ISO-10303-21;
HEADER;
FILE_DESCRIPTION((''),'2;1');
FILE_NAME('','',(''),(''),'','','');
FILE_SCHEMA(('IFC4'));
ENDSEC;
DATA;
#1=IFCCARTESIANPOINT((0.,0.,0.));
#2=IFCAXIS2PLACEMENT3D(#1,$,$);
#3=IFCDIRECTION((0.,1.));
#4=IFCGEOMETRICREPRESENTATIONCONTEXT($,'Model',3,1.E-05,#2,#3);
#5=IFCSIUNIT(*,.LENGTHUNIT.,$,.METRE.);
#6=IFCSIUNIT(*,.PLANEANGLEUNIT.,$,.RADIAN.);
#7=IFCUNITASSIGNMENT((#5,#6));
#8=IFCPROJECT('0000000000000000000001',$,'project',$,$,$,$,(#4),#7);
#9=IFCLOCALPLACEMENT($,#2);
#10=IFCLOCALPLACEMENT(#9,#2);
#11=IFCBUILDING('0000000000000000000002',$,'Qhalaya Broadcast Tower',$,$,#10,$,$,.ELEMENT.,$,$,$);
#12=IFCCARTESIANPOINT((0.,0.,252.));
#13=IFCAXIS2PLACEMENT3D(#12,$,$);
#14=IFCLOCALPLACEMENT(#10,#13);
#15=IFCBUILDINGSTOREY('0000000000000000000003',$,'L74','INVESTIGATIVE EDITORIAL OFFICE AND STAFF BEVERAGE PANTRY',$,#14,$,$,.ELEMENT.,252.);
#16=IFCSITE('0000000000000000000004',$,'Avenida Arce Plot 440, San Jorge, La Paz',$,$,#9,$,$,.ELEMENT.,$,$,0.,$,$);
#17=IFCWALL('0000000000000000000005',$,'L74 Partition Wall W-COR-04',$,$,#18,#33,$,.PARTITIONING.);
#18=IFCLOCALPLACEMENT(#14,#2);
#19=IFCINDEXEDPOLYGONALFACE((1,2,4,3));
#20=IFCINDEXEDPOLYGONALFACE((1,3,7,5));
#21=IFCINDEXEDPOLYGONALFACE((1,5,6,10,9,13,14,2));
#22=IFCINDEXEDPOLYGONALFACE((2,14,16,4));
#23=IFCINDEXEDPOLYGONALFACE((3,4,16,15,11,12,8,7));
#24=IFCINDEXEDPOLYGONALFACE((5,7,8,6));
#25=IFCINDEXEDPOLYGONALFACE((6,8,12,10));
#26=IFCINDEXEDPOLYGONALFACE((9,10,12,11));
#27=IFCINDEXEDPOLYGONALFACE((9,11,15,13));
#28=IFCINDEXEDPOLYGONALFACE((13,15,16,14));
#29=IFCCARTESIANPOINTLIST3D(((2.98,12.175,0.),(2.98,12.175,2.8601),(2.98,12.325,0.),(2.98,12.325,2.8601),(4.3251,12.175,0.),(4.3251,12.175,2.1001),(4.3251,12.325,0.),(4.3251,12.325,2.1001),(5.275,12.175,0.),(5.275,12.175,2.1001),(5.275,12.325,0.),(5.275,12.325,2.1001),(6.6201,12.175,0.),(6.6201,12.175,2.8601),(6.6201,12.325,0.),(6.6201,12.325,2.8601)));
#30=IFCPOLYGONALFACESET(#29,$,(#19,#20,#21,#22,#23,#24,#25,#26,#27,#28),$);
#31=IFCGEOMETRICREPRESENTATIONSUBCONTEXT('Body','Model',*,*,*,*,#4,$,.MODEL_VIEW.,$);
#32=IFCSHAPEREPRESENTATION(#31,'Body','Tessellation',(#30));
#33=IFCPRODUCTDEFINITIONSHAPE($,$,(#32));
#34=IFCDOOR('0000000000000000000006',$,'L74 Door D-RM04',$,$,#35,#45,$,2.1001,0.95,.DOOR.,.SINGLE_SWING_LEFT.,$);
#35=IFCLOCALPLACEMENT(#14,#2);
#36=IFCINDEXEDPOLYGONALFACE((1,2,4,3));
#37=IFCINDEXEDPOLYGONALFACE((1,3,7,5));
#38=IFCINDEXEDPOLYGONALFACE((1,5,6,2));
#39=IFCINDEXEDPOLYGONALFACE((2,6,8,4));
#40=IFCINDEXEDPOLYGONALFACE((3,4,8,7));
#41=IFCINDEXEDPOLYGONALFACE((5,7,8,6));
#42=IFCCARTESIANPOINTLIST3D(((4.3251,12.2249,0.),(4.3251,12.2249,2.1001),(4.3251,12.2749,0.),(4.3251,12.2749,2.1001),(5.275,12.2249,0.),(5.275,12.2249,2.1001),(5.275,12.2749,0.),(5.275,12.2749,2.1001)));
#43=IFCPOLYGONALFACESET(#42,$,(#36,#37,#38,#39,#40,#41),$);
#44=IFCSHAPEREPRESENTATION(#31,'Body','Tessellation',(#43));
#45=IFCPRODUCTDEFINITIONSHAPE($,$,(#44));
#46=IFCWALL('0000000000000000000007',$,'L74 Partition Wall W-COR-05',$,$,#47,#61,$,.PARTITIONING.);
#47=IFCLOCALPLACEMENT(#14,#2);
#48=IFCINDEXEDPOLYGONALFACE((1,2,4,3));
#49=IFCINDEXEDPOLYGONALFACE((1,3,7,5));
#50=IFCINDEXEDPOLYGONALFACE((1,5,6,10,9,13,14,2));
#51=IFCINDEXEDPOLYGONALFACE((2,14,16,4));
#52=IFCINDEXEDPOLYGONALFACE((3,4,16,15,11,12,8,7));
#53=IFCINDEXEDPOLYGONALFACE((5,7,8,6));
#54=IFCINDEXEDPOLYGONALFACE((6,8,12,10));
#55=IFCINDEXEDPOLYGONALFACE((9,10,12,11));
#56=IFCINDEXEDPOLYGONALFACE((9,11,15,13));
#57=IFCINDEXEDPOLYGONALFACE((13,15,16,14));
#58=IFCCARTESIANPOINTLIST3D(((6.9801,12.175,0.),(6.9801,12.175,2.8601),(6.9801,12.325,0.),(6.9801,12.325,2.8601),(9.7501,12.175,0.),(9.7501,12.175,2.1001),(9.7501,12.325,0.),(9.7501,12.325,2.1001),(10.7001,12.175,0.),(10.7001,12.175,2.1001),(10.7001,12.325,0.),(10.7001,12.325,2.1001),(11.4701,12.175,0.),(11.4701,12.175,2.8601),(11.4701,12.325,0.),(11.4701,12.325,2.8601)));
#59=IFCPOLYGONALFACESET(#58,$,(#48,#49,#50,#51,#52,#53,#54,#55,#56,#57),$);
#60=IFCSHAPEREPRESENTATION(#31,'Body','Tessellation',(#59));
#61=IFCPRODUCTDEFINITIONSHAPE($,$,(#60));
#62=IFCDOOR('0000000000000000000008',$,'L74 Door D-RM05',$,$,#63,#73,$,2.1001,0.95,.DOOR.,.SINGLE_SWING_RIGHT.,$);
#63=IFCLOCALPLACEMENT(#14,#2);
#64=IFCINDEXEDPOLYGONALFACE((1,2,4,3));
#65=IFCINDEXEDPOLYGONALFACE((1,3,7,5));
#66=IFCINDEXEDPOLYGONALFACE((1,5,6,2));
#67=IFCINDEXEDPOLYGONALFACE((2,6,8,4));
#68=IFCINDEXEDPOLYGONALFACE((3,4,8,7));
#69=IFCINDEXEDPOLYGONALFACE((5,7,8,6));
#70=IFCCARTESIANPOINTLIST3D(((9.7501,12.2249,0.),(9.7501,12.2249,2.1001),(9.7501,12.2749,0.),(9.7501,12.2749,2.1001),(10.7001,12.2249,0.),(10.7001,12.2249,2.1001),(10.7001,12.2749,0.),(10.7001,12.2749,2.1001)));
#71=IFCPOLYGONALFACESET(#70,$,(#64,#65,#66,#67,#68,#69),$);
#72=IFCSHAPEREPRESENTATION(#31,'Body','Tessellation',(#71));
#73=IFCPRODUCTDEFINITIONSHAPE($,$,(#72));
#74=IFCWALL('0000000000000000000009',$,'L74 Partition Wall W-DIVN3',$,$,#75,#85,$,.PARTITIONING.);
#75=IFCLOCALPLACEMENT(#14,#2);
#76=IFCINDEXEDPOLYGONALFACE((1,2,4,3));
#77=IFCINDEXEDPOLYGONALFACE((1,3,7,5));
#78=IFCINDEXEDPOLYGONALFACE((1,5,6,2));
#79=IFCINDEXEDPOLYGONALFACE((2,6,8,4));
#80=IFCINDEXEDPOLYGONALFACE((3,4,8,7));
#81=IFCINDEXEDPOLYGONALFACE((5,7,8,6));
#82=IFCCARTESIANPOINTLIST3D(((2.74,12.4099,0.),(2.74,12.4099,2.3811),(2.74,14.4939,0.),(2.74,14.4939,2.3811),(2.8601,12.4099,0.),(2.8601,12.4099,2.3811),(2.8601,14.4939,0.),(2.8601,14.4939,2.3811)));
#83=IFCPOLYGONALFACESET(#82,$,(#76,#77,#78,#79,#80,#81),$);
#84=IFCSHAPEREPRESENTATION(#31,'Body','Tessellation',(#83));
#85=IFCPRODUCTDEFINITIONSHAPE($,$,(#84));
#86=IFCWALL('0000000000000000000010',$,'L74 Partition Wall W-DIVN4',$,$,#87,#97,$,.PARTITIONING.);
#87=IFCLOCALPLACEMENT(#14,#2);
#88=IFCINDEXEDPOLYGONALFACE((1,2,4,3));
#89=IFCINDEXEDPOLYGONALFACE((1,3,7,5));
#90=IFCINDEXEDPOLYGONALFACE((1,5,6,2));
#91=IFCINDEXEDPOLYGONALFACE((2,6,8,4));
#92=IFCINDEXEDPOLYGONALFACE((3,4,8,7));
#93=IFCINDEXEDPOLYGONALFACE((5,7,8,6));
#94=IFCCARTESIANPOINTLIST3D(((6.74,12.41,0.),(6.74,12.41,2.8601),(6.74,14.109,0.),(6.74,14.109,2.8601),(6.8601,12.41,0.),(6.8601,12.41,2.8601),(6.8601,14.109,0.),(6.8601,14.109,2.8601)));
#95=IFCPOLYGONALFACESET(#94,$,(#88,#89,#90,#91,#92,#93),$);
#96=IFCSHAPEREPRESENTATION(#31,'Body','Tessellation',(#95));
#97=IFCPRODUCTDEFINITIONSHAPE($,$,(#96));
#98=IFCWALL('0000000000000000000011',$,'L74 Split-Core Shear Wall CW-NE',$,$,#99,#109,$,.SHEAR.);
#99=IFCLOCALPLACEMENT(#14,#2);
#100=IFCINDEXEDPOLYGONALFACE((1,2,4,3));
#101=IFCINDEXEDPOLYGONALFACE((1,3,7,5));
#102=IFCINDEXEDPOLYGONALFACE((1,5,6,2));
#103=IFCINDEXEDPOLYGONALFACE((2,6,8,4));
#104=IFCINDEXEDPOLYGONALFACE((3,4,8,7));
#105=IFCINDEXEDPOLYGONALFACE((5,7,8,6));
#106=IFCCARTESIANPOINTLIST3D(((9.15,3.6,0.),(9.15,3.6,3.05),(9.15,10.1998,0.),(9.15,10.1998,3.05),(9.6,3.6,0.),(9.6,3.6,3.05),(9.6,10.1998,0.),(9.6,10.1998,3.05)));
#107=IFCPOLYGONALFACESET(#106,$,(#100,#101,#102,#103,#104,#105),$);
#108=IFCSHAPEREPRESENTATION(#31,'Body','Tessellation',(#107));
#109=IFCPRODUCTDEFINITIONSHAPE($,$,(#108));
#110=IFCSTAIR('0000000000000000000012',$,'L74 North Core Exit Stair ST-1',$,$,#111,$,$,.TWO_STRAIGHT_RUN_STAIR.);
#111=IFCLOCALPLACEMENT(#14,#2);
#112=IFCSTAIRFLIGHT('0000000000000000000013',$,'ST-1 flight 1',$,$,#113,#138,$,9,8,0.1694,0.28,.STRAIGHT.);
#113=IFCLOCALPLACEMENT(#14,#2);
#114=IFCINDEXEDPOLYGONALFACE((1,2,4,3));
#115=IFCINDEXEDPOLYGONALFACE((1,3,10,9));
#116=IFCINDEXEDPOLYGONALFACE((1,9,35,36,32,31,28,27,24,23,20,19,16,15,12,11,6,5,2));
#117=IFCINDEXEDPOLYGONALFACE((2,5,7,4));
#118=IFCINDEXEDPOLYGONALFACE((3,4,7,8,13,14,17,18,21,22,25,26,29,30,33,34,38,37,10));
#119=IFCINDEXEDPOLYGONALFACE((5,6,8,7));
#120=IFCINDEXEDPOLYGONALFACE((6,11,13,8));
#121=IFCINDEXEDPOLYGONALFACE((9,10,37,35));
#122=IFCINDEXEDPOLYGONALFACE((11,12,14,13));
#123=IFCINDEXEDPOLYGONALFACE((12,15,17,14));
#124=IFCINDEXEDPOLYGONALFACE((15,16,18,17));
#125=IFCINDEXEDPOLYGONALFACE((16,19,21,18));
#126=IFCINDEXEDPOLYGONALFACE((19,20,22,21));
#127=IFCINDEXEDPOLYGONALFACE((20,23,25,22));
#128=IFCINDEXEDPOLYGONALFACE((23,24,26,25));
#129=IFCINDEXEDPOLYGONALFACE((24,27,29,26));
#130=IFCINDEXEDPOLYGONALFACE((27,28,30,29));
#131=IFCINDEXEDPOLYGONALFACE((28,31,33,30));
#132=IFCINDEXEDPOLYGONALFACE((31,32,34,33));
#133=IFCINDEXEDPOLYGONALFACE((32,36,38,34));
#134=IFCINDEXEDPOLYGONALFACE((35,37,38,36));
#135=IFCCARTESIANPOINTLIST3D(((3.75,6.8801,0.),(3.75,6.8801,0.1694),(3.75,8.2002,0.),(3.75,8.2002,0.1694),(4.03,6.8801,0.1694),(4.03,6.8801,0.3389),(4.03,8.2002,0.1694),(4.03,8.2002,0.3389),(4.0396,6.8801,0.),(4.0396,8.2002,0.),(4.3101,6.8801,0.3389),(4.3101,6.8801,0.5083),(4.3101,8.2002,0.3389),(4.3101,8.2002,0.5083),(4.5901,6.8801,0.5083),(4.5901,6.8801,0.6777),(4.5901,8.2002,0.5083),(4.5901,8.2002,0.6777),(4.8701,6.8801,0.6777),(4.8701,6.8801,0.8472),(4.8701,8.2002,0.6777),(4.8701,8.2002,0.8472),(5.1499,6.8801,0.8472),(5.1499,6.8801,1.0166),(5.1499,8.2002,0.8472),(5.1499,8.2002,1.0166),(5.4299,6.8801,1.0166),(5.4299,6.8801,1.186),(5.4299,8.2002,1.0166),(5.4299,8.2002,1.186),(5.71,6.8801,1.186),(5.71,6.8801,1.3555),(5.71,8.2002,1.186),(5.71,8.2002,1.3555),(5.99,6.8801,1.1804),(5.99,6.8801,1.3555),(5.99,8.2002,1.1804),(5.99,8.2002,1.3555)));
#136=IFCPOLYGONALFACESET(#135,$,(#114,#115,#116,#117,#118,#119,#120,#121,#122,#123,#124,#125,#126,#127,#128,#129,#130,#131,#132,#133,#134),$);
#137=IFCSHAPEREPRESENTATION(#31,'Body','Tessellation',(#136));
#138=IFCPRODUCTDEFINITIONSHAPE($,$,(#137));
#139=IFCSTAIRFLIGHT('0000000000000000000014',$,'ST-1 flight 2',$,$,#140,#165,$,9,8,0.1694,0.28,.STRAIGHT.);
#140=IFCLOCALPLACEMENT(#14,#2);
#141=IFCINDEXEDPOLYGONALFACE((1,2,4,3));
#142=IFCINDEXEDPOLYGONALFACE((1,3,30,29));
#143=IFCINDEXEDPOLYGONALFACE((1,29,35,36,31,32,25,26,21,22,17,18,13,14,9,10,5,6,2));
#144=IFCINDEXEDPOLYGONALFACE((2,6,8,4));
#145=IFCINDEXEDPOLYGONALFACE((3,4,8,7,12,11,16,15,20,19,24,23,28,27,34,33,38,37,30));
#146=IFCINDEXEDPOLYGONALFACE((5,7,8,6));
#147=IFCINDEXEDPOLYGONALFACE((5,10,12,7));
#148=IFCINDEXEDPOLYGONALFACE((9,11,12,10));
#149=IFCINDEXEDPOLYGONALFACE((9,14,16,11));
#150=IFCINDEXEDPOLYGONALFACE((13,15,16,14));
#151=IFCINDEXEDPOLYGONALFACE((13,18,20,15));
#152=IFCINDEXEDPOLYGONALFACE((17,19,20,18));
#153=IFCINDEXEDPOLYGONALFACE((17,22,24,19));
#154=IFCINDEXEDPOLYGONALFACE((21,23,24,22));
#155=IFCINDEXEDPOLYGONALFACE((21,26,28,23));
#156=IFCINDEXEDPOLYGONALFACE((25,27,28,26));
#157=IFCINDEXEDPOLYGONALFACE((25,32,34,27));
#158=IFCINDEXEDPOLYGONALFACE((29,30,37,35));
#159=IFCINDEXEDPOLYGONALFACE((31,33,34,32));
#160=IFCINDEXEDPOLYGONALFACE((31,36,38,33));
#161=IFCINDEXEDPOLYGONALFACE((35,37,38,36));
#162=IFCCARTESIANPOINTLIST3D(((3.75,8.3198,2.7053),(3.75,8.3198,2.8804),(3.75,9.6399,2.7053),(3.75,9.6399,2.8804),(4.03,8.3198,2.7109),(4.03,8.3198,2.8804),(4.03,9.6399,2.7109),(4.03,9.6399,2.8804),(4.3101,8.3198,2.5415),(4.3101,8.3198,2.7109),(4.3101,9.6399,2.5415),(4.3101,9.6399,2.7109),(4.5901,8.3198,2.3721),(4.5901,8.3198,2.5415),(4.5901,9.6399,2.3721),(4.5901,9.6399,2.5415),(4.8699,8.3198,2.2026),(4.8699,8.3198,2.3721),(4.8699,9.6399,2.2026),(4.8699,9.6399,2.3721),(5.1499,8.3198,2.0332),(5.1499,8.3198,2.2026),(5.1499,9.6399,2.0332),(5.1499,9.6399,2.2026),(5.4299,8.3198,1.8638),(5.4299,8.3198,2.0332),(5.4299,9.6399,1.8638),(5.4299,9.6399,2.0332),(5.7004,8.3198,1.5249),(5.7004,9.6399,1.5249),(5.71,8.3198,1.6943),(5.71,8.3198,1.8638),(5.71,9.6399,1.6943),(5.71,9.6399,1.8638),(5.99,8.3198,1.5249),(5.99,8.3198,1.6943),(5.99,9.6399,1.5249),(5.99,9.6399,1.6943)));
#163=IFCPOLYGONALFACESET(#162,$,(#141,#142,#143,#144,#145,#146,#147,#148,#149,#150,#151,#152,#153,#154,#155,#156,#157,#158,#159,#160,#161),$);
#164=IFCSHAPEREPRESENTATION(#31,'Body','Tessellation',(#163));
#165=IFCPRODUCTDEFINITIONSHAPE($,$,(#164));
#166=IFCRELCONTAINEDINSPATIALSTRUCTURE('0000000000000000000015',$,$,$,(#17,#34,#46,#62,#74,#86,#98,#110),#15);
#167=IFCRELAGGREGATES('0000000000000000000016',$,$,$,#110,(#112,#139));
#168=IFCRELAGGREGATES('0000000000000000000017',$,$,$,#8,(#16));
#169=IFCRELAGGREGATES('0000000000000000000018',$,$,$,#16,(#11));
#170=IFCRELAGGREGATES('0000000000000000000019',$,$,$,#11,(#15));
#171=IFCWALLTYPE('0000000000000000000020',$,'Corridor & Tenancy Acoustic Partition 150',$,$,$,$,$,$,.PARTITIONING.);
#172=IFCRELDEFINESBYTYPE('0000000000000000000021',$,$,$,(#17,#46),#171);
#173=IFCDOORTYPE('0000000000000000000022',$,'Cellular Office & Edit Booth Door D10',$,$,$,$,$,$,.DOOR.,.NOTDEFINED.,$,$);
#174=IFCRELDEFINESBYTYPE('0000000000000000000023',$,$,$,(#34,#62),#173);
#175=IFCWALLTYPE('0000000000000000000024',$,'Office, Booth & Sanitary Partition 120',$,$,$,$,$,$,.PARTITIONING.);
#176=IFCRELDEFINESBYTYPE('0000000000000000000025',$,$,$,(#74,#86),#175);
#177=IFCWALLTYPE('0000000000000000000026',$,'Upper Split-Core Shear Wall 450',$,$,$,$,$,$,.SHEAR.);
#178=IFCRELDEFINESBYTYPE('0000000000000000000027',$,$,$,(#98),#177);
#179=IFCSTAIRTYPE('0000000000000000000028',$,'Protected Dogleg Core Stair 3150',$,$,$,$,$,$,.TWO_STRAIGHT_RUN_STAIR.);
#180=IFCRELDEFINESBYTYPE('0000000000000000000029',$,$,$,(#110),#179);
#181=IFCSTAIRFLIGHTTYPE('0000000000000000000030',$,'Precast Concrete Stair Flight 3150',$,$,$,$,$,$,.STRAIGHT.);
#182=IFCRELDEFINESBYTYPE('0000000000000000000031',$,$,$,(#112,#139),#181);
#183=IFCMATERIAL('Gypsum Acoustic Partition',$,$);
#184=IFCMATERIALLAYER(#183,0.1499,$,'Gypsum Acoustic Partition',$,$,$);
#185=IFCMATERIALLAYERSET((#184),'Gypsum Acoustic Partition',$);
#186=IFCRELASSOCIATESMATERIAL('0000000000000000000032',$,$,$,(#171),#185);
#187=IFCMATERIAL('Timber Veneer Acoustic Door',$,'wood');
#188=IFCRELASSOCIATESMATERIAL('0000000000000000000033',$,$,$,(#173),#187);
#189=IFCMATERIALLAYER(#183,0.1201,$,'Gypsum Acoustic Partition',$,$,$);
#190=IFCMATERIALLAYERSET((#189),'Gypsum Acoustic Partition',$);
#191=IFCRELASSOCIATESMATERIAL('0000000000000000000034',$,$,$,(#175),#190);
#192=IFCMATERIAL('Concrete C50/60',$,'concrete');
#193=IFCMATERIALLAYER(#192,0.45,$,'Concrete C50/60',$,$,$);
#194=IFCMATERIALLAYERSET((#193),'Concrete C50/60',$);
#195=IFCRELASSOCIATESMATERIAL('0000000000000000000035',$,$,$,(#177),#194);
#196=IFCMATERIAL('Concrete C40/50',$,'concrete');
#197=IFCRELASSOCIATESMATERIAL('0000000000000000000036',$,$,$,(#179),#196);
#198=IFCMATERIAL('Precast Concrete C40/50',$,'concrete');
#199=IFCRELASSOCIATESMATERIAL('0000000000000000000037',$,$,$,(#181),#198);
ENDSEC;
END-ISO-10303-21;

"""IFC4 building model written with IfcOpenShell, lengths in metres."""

from ifc_helpers import new_model, si_unit, direction, frame, frame_2d, origin, place, context, subcontext, project, spatial, polyline, rectangle, outline, extrude, material, layer, layer_set, type_object, element, fill, aggregate, save


model = new_model("IFC4")

# Units and contexts
model_context = context("Model", 3, precision=1e-05, world=origin(), true_north=direction((0.0, 1.0)))
body_context = subcontext(model_context, "Body", "Model", "MODEL_VIEW")
ifc_project = project(units=[si_unit("LENGTHUNIT", "METRE"), si_unit("PLANEANGLEUNIT", "RADIAN")], contexts=[model_context])

# Site, building, storey
site_placement = place(None, origin())
site = spatial("IfcSite", under=ifc_project, at=site_placement, Name="Avenida Arce Plot 440, San Jorge, La Paz", CompositionType="ELEMENT", RefElevation=0.0)
building_placement = place(site_placement, origin())
building = spatial("IfcBuilding", under=site, at=building_placement, Name="Qhalaya Broadcast Tower", CompositionType="ELEMENT")
storey_placement = place(building_placement, frame((0.0, 0.0, 252.0)))
storey = spatial("IfcBuildingStorey", under=building, at=storey_placement, Name="L74", Description="INVESTIGATIVE EDITORIAL OFFICE AND STAFF BEVERAGE PANTRY", CompositionType="ELEMENT", Elevation=252.0)

# Shared definitions
ifc_material_1 = material(Name="Concrete C50/60", Category="concrete")

# Walls, openings, doors
ifc_material_2 = material(Name="Gypsum Acoustic Partition")
ifc_layer_1 = layer(ifc_material_2, 0.1499, Name="Gypsum Acoustic Partition")
ifc_layer_set_1 = layer_set([ifc_layer_1], Name="Gypsum Acoustic Partition")
wall_type_1 = type_object("IfcWallType", Name="Corridor & Tenancy Acoustic Partition 150", PredefinedType="PARTITIONING", material=ifc_layer_set_1)
wall_1_placement = place(storey_placement, frame((2.98, 12.25, 0.0), z_axis=(0.0, 0.0, 1.0), x_axis=(1.0, 0.0, 0.0)))
wall_1 = element("IfcWall", 1, at=wall_1_placement, inside=storey, type_object=wall_type_1, Name="L74 Partition Wall W-COR-04", PredefinedType="PARTITIONING", context=body_context, shape_type="SweptSolid", body=[
    extrude(rectangle(XDim=3.6401, YDim=0.1499, at=frame_2d((1.8201, 0.0))), origin(), (0.0, 0.0, 1.0), 2.8601),
])
opening_1_placement = place(wall_1_placement, frame((1.345, 0.0, 0.0)))
opening_1 = element("IfcOpeningElement", 2, at=opening_1_placement, cuts=wall_1, PredefinedType="OPENING", context=body_context, shape_type="SweptSolid", body=[
    extrude(rectangle(XDim=0.95, YDim=2.1001, at=frame_2d((0.4751, 1.05))), frame((0.0, 0.0869, 0.0), z_axis=(0.0, -1.0, 0.0), x_axis=(1.0, 0.0, 0.0)), (0.0, 0.0, 1.0), 0.1738),
])
ifc_material_3 = material(Name="Timber Veneer Acoustic Door", Category="wood")
door_type = type_object("IfcDoorType", Name="Cellular Office & Edit Booth Door D10", OperationType="NOTDEFINED", PredefinedType="DOOR", material=ifc_material_3)
door_1_placement = place(opening_1_placement, origin())
door_1 = element("IfcDoor", 3, at=door_1_placement, inside=storey, type_object=door_type, Name="L74 Door D-RM04", OperationType="SINGLE_SWING_LEFT", OverallHeight=2.1001, OverallWidth=0.95, PredefinedType="DOOR", context=body_context, shape_type="SweptSolid", body=[
    extrude(rectangle(XDim=0.95, YDim=2.1001, at=frame_2d((0.4751, 1.05))), frame((0.0, 0.0249, 0.0), z_axis=(0.0, -1.0, 0.0), x_axis=(1.0, 0.0, 0.0)), (0.0, 0.0, 1.0), 0.05),
])
fill(opening_1, door_1)
wall_2_placement = place(storey_placement, frame((6.98, 12.25, 0.0), z_axis=(0.0, 0.0, 1.0), x_axis=(1.0, 0.0, 0.0)))
wall_2 = element("IfcWall", 4, at=wall_2_placement, inside=storey, type_object=wall_type_1, Name="L74 Partition Wall W-COR-05", PredefinedType="PARTITIONING", context=body_context, shape_type="SweptSolid", body=[
    extrude(rectangle(XDim=4.49, YDim=0.1499, at=frame_2d((2.2451, 0.0))), origin(), (0.0, 0.0, 1.0), 2.8601),
])
opening_2_placement = place(wall_2_placement, frame((2.77, 0.0, 0.0)))
opening_2 = element("IfcOpeningElement", 5, at=opening_2_placement, cuts=wall_2, PredefinedType="OPENING", context=body_context, shape_type="SweptSolid", body=[
    extrude(rectangle(XDim=0.95, YDim=2.1001, at=frame_2d((0.4751, 1.05))), frame((0.0, 0.0869, 0.0), z_axis=(0.0, -1.0, 0.0), x_axis=(1.0, 0.0, 0.0)), (0.0, 0.0, 1.0), 0.1738),
])
door_2_placement = place(opening_2_placement, origin())
door_2 = element("IfcDoor", 6, at=door_2_placement, inside=storey, type_object=door_type, Name="L74 Door D-RM05", OperationType="SINGLE_SWING_RIGHT", OverallHeight=2.1001, OverallWidth=0.95, PredefinedType="DOOR", context=body_context, shape_type="SweptSolid", body=[
    extrude(rectangle(XDim=0.95, YDim=2.1001, at=frame_2d((0.4751, 1.05))), frame((0.0, 0.0249, 0.0), z_axis=(0.0, -1.0, 0.0), x_axis=(1.0, 0.0, 0.0)), (0.0, 0.0, 1.0), 0.05),
])
fill(opening_2, door_2)

# Walls
ifc_layer_2 = layer(ifc_material_2, 0.1201, Name="Gypsum Acoustic Partition")
ifc_layer_set_2 = layer_set([ifc_layer_2], Name="Gypsum Acoustic Partition")
wall_type_2 = type_object("IfcWallType", Name="Office, Booth & Sanitary Partition 120", PredefinedType="PARTITIONING", material=ifc_layer_set_2)
wall_3_placement = place(storey_placement, frame((2.8, 12.4099, 0.0), z_axis=(0.0, 0.0, 1.0), x_axis=(0.0, 1.0, 0.0)))
element("IfcWall", 7, at=wall_3_placement, inside=storey, type_object=wall_type_2, Name="L74 Partition Wall W-DIVN3", PredefinedType="PARTITIONING", context=body_context, shape_type="SweptSolid", body=[
    extrude(rectangle(XDim=2.084, YDim=0.1201, at=frame_2d((1.042, 0.0))), origin(), (0.0, 0.0, 1.0), 2.3811),
])
wall_4_placement = place(storey_placement, frame((6.8, 12.4099, 0.0), z_axis=(0.0, 0.0, 1.0), x_axis=(0.0, 1.0, 0.0)))
element("IfcWall", 8, at=wall_4_placement, inside=storey, type_object=wall_type_2, Name="L74 Partition Wall W-DIVN4", PredefinedType="PARTITIONING", context=body_context, shape_type="SweptSolid", body=[
    extrude(rectangle(XDim=1.699, YDim=0.1201, at=frame_2d((0.8496, 0.0))), origin(), (0.0, 0.0, 1.0), 2.8601),
])
ifc_layer_3 = layer(ifc_material_1, 0.45, Name="Concrete C50/60")
ifc_layer_set_3 = layer_set([ifc_layer_3], Name="Concrete C50/60")
wall_type_3 = type_object("IfcWallType", Name="Upper Split-Core Shear Wall 450", PredefinedType="SHEAR", material=ifc_layer_set_3)
wall_5_placement = place(storey_placement, frame((9.375, 3.6001, 0.0), z_axis=(0.0, 0.0, 1.0), x_axis=(0.0, 1.0, 0.0)))
element("IfcWall", 9, at=wall_5_placement, inside=storey, type_object=wall_type_3, Name="L74 Split-Core Shear Wall CW-NE", PredefinedType="SHEAR", context=body_context, shape_type="SweptSolid", body=[
    extrude(rectangle(XDim=6.5999, YDim=0.45, at=frame_2d((3.2998, 0.0))), origin(), (0.0, 0.0, 1.0), 3.05),
])

# Stair, stair flights
ifc_material_4 = material(Name="Concrete C40/50", Category="concrete")
stair_type = type_object("IfcStairType", Name="Protected Dogleg Core Stair 3150", PredefinedType="TWO_STRAIGHT_RUN_STAIR", material=ifc_material_4)
stair_placement = place(storey_placement, origin())
stair = element("IfcStair", 10, at=stair_placement, inside=storey, type_object=stair_type, Name="L74 North Core Exit Stair ST-1", PredefinedType="TWO_STRAIGHT_RUN_STAIR")
ifc_material_5 = material(Name="Precast Concrete C40/50", Category="concrete")
stair_flight_type = type_object("IfcStairFlightType", Name="Precast Concrete Stair Flight 3150", PredefinedType="STRAIGHT", material=ifc_material_5)
stair_flight_1_placement = place(storey_placement, frame((3.75, 7.54, 0.0), z_axis=(0.0, 0.0, 1.0), x_axis=(1.0, 0.0, 0.0)))
stair_flight_1 = element("IfcStairFlight", 11, at=stair_flight_1_placement, type_object=stair_flight_type, Name="ST-1 flight 1", NumberOfRisers=9, NumberOfTreads=8, PredefinedType="STRAIGHT", RiserHeight=0.1694, TreadLength=0.28, context=body_context, shape_type="SweptSolid", body=[
    extrude(outline(polyline([(0.0, 0.0), (0.0, 0.1694), (0.28, 0.1694), (0.28, 0.3389), (0.5601, 0.3389), (0.5601, 0.5083), (0.8401, 0.5083), (0.8401, 0.6777), (1.1201, 0.6777), (1.1201, 0.8472), (1.3999, 0.8472), (1.3999, 1.0166), (1.6799, 1.0166), (1.6799, 1.186), (1.96, 1.186), (1.96, 1.3555), (2.24, 1.3555), (2.24, 1.5249), (2.24, 1.1804), (0.2896, 0.0), (0.0, 0.0)])), frame((0.0, 0.6602, 0.0), z_axis=(0.0, -1.0, 0.0), x_axis=(1.0, 0.0, 0.0)), (0.0, 0.0, 1.0), 1.3201),
])
stair_flight_2_placement = place(storey_placement, frame((5.99, 8.98, 1.5249), z_axis=(0.0, 0.0, 1.0), x_axis=(-1.0, 0.0, 0.0)))
stair_flight_2 = element("IfcStairFlight", 12, at=stair_flight_2_placement, type_object=stair_flight_type, Name="ST-1 flight 2", NumberOfRisers=9, NumberOfTreads=8, PredefinedType="STRAIGHT", RiserHeight=0.1694, TreadLength=0.28, context=body_context, shape_type="SweptSolid", body=[
    extrude(outline(polyline([(0.0, 0.0), (0.0, 0.1694), (0.28, 0.1694), (0.28, 0.3389), (0.5601, 0.3389), (0.5601, 0.5083), (0.8401, 0.5083), (0.8401, 0.6777), (1.1201, 0.6777), (1.1201, 0.8472), (1.3999, 0.8472), (1.3999, 1.0166), (1.6799, 1.0166), (1.6799, 1.186), (1.96, 1.186), (1.96, 1.3555), (2.24, 1.3555), (2.24, 1.5249), (2.24, 1.1804), (0.2896, 0.0), (0.0, 0.0)])), frame((0.0, 0.6602, 0.0), z_axis=(0.0, -1.0, 0.0), x_axis=(1.0, 0.0, 0.0)), (0.0, 0.0, 1.0), 1.3201),
])
aggregate(stair, [stair_flight_1, stair_flight_2])

save(model, "model.ifc")
